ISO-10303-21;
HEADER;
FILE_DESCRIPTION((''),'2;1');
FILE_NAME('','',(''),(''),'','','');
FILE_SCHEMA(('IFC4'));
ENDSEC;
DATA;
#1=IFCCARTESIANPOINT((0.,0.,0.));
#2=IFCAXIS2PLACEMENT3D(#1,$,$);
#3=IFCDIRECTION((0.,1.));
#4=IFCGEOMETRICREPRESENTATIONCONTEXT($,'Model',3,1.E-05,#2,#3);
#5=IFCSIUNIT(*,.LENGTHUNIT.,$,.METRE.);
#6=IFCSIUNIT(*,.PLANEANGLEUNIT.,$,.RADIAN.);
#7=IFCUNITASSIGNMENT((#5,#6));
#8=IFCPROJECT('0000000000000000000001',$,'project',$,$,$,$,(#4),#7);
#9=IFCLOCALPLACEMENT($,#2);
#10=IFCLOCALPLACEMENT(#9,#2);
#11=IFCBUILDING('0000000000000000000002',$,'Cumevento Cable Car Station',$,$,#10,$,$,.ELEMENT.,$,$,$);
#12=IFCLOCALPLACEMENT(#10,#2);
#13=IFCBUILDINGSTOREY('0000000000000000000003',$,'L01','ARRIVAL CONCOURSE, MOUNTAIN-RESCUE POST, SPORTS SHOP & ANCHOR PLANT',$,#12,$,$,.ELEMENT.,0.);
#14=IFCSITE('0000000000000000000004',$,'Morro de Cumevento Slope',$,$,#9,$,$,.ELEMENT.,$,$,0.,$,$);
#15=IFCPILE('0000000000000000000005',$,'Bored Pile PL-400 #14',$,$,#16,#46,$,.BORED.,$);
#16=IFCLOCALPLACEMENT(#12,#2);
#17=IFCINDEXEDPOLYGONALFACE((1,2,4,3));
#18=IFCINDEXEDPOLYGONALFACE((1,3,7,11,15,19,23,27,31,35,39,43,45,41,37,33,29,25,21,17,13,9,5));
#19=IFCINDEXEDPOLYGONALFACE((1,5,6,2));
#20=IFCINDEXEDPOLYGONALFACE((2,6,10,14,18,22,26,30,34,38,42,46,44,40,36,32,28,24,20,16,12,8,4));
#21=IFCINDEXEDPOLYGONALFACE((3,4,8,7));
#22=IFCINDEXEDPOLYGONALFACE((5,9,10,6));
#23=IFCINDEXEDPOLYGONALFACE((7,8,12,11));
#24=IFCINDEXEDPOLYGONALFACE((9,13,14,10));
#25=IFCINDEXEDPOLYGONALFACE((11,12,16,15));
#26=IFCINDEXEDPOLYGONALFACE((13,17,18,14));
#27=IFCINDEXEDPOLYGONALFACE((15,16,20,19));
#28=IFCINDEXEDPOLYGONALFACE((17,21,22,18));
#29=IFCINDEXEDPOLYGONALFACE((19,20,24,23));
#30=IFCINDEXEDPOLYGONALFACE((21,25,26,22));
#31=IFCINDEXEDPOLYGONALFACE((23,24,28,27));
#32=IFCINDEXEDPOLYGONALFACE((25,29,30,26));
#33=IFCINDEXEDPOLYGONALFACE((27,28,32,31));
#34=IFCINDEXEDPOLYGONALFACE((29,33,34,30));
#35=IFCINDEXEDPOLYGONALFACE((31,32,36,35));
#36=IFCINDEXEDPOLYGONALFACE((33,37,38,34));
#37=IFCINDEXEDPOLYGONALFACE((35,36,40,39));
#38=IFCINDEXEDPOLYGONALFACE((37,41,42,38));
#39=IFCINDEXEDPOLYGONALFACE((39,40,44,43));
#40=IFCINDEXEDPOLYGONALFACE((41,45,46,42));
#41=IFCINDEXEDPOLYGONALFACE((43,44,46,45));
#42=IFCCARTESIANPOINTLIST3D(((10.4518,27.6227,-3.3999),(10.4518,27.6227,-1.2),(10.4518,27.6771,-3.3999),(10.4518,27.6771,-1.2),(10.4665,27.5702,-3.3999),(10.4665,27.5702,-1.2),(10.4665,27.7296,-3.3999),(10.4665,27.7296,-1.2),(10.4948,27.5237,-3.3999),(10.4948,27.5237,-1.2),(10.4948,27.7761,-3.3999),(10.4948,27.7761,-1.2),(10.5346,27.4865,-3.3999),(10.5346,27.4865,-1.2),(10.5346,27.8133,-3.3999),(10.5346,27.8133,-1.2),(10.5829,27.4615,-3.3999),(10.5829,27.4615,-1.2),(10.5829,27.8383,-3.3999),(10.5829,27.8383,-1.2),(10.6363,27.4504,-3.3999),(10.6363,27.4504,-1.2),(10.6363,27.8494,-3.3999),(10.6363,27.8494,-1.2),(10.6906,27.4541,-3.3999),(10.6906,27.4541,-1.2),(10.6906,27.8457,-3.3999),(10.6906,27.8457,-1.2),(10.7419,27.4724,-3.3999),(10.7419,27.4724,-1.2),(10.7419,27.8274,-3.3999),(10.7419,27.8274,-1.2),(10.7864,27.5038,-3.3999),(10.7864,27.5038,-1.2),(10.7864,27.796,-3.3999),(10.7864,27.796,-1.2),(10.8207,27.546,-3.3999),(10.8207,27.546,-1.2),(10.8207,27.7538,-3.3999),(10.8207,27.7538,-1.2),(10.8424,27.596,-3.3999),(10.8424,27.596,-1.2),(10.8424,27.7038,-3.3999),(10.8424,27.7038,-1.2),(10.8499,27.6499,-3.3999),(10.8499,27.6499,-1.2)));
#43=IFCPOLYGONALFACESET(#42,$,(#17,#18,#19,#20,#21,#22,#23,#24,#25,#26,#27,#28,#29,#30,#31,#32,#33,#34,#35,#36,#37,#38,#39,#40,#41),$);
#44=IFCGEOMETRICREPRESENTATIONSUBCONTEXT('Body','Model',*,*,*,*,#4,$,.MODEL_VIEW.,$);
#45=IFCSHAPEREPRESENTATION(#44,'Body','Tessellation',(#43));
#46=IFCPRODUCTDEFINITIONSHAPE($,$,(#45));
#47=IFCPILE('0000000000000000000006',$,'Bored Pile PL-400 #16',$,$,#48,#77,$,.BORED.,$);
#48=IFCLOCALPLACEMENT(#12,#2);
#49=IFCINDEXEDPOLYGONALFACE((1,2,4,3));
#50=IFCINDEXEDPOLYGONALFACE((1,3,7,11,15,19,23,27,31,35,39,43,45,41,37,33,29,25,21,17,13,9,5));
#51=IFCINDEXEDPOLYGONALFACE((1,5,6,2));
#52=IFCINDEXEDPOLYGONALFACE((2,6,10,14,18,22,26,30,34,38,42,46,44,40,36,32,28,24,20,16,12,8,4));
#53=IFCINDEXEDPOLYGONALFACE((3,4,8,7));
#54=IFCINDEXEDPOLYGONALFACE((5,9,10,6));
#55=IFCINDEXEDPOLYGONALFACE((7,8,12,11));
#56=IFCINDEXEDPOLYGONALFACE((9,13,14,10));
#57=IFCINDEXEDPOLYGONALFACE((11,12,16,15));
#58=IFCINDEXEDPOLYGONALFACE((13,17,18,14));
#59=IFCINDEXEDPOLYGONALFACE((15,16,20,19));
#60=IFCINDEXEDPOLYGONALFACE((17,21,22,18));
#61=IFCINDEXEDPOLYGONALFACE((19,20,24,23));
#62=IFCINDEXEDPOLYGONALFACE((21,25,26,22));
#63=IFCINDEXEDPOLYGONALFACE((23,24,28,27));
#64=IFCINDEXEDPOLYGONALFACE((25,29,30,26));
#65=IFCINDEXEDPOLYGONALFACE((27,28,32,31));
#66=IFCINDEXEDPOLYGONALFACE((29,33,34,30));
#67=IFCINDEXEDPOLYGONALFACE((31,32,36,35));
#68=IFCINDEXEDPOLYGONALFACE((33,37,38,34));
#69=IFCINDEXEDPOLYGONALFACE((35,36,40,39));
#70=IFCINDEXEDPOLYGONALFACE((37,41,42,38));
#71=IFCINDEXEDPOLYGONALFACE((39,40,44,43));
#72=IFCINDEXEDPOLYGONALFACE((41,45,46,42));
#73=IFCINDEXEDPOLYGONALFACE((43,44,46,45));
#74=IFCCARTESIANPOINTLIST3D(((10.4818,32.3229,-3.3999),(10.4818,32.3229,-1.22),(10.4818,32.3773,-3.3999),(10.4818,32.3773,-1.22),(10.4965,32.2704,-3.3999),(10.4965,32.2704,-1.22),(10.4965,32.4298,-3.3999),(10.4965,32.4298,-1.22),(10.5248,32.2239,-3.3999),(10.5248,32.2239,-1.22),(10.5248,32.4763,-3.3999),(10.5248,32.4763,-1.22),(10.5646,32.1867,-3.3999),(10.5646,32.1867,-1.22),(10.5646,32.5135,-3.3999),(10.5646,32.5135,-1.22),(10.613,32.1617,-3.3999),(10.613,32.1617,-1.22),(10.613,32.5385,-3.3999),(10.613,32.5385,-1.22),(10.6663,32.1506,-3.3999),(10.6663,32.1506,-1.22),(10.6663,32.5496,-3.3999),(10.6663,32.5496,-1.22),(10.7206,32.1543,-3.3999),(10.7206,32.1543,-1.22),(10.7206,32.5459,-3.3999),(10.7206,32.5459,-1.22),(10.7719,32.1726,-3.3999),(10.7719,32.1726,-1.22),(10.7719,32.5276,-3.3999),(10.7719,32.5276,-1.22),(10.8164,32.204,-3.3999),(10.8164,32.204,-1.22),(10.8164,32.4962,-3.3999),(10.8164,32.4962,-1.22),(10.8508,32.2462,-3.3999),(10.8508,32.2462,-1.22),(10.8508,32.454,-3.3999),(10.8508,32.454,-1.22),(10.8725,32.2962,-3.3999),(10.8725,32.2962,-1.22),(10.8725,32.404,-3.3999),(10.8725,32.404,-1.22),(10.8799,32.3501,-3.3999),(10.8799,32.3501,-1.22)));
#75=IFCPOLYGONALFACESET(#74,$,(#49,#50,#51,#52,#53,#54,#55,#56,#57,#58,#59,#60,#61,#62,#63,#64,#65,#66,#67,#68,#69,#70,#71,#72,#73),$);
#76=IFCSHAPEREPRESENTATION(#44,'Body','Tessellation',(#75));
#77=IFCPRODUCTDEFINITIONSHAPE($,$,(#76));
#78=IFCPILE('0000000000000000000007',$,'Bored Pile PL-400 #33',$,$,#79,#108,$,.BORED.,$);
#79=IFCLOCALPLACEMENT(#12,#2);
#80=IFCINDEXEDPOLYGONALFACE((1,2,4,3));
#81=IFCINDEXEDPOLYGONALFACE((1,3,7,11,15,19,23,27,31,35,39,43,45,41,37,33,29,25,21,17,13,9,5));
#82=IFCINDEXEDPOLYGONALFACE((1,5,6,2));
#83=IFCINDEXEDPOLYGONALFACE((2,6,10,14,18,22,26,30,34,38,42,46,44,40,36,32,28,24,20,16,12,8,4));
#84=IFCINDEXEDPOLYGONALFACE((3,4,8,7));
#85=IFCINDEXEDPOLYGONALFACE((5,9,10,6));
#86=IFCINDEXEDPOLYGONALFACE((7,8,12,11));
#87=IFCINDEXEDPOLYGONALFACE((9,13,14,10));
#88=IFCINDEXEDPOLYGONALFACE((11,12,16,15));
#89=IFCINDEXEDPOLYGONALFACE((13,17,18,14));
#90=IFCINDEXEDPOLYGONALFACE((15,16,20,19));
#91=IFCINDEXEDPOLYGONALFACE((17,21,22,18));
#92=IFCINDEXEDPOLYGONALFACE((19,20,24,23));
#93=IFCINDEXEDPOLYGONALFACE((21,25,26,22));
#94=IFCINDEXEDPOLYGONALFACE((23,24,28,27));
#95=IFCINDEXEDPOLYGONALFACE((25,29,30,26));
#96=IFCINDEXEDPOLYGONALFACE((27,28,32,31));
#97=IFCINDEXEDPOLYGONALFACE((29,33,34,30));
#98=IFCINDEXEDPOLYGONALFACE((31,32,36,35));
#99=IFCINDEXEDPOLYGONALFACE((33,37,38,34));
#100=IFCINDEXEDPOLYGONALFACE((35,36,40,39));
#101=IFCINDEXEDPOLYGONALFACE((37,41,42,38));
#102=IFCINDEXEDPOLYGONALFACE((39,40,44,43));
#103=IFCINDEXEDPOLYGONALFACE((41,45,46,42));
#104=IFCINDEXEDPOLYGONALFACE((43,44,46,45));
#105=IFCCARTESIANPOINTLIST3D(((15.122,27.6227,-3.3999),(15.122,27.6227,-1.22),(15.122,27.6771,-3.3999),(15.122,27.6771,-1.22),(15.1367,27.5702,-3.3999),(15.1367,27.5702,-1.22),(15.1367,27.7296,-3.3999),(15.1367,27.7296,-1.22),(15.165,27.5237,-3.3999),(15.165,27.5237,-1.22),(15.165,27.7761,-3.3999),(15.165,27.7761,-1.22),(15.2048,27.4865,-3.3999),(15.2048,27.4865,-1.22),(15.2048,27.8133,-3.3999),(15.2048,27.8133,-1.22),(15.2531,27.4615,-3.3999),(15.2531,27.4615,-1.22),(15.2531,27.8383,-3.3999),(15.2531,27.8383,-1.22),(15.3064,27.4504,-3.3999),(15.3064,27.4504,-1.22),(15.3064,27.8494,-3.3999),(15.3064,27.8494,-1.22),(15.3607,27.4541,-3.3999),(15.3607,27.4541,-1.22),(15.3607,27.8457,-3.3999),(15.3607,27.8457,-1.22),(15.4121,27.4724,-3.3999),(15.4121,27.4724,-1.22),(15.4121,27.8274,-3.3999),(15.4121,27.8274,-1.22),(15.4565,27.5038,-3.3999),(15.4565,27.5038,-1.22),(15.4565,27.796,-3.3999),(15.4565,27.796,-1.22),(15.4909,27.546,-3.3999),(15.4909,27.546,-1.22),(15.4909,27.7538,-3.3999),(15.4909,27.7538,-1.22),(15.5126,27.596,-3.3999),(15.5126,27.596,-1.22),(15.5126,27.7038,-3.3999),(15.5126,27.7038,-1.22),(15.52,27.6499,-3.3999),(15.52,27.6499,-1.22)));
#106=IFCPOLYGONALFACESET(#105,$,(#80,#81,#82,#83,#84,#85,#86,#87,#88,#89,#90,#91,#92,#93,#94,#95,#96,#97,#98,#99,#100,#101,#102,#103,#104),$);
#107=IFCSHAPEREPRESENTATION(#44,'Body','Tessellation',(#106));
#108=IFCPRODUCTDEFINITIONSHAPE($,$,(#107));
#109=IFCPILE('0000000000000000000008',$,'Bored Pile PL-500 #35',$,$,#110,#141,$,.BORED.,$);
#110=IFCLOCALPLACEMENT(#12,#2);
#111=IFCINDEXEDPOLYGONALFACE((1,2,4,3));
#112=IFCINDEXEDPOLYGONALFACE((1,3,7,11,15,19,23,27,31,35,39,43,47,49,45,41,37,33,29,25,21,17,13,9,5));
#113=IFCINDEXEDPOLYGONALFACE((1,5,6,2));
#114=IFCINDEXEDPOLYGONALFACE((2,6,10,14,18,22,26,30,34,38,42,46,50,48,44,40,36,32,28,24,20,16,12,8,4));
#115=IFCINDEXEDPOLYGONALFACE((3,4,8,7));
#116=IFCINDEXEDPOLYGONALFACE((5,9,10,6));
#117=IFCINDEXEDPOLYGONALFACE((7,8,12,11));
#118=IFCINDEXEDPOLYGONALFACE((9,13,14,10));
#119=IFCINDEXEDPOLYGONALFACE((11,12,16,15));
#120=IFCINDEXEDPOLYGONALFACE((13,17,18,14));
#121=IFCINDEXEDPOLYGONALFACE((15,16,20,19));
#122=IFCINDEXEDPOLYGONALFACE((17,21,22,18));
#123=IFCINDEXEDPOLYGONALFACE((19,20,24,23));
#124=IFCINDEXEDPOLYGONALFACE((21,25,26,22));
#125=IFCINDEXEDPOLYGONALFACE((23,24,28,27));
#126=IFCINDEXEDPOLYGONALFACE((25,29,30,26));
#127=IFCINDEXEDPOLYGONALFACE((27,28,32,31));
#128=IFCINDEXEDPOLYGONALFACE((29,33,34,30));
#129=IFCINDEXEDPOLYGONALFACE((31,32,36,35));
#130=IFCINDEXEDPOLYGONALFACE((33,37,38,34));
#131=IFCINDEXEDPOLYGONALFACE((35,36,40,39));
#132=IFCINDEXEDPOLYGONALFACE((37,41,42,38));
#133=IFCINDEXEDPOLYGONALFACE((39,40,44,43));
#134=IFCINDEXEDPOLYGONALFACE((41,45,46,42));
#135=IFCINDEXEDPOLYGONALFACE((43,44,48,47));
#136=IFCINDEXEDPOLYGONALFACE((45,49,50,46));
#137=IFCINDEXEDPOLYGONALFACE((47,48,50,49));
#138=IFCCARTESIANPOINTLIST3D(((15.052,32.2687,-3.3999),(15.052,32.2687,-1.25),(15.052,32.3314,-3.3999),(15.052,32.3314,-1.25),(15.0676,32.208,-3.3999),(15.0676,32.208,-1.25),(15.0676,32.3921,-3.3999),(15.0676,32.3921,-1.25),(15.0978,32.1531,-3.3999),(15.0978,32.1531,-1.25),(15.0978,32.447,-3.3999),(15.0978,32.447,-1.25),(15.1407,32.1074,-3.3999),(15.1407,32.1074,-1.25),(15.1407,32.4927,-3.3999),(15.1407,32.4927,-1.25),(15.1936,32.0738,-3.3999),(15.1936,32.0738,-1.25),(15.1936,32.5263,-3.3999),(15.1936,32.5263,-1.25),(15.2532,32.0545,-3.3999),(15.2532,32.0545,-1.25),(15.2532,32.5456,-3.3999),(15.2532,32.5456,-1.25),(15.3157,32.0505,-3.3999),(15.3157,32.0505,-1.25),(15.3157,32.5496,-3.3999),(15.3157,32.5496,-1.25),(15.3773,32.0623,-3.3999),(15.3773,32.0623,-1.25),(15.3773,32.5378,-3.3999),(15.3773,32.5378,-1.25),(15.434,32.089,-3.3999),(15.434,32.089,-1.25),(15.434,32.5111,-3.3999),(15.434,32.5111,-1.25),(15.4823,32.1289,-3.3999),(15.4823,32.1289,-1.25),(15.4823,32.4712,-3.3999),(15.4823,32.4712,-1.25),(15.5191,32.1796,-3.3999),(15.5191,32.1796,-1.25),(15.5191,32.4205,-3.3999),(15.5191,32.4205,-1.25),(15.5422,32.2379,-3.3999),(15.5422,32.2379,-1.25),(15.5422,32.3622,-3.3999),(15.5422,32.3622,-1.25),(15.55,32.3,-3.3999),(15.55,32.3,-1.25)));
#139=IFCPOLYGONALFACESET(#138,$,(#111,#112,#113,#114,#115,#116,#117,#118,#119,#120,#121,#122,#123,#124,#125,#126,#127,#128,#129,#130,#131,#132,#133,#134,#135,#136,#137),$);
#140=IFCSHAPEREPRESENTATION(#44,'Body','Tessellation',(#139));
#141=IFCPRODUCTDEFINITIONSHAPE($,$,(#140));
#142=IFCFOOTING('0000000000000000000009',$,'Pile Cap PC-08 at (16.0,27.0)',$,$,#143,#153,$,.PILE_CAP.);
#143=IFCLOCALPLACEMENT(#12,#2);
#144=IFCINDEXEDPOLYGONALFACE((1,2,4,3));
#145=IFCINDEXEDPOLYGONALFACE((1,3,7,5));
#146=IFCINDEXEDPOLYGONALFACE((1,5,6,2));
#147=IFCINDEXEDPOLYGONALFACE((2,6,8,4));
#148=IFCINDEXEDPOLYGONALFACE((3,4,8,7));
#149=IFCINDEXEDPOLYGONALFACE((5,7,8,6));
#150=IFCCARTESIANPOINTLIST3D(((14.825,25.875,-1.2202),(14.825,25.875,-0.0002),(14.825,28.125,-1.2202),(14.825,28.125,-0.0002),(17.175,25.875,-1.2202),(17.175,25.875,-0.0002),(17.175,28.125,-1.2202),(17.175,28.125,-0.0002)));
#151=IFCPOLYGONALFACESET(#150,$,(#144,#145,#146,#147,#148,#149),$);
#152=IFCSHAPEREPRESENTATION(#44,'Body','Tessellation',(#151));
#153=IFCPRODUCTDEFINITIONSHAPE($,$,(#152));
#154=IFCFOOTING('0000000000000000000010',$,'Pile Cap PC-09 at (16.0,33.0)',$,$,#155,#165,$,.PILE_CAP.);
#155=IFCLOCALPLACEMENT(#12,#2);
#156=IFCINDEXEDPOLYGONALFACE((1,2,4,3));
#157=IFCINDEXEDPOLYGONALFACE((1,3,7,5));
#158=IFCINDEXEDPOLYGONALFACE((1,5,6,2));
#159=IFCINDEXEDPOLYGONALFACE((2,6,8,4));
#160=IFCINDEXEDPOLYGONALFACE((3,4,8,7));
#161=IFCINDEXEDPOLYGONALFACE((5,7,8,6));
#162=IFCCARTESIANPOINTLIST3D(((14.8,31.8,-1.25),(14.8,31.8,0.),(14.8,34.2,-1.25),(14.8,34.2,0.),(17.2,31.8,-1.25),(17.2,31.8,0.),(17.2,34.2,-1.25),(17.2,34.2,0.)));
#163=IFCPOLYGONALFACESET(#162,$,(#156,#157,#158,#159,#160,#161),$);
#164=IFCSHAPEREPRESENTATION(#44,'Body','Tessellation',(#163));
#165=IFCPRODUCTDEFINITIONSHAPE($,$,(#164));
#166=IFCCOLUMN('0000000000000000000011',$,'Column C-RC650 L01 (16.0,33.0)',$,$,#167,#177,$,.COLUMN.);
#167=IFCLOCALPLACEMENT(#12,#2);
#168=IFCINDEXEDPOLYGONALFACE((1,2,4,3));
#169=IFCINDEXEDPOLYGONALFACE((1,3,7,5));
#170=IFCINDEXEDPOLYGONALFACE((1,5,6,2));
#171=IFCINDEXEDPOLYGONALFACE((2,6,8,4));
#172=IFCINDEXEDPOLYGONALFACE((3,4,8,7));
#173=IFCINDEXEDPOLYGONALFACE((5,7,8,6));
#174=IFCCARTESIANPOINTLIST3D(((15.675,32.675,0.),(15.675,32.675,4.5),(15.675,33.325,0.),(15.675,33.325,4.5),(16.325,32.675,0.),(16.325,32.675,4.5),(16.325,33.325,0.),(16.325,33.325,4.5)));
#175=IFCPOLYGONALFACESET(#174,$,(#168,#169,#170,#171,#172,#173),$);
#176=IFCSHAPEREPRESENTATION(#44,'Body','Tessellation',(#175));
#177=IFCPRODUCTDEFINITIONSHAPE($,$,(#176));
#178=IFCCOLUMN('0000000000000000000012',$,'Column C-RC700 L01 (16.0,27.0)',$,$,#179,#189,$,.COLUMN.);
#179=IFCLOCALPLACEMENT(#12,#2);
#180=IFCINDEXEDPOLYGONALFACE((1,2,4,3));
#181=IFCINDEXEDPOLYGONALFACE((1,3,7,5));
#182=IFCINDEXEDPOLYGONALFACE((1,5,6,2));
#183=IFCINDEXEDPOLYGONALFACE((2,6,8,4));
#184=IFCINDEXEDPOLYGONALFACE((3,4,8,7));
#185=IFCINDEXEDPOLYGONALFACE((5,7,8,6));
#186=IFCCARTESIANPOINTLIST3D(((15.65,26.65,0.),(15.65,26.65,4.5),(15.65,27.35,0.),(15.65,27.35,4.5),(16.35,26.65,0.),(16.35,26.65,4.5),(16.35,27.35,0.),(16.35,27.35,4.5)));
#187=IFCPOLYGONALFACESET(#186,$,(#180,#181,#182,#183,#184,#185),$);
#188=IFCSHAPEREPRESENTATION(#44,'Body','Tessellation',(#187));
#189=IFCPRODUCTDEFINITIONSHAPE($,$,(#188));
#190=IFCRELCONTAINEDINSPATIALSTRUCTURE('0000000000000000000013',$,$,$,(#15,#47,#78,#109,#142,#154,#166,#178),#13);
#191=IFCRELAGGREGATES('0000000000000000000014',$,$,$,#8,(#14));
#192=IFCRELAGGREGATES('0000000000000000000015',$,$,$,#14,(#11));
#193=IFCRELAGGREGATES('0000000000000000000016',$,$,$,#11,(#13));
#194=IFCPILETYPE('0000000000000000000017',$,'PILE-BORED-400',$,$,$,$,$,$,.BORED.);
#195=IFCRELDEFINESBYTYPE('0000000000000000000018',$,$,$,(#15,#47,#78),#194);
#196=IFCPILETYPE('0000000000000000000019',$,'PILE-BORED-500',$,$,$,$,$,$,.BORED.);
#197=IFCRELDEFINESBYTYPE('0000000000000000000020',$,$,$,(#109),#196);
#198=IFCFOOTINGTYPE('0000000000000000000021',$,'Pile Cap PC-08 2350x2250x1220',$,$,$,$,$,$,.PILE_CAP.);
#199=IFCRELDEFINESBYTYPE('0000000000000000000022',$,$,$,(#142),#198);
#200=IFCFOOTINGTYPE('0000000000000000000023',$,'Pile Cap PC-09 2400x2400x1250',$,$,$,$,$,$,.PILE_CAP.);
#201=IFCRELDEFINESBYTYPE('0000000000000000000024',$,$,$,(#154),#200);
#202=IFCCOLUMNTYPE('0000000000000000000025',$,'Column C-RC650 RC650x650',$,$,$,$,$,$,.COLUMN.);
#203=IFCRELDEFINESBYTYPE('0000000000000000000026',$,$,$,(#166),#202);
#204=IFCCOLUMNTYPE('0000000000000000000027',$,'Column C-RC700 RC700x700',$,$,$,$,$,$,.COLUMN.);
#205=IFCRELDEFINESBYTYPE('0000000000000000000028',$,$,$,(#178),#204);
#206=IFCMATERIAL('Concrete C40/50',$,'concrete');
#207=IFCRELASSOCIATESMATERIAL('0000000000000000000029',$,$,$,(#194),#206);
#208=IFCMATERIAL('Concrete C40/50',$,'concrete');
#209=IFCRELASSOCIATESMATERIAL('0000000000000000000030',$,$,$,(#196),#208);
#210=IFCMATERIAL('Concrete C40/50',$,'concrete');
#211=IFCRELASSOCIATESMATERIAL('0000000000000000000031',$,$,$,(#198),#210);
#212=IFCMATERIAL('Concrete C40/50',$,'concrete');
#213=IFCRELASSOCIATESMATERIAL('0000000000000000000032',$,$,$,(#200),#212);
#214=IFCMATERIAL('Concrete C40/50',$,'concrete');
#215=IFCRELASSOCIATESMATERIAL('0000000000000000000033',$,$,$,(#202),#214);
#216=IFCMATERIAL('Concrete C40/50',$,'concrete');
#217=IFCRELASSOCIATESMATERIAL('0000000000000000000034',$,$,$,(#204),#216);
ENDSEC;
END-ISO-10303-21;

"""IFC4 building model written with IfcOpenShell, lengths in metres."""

from ifc_helpers import new_model, si_unit, direction, frame, origin, origin_2d, place, context, subcontext, project, spatial, rectangle, circle, extrude, material, material_profile, profile_set, type_object, element, save


model = new_model("IFC4")

# Units and contexts
model_context = context("Model", 3, precision=1e-05, world=origin(), true_north=direction((0.0, 1.0)))
body_context = subcontext(model_context, "Body", "Model", "MODEL_VIEW")
ifc_project = project(units=[si_unit("LENGTHUNIT", "METRE"), si_unit("PLANEANGLEUNIT", "RADIAN")], contexts=[model_context])

# Site, building, storey
site_placement = place(None, origin())
site = spatial("IfcSite", under=ifc_project, at=site_placement, Name="Morro de Cumevento Slope", CompositionType="ELEMENT", RefElevation=0.0)
building_placement = place(site_placement, origin())
building = spatial("IfcBuilding", under=site, at=building_placement, Name="Cumevento Cable Car Station", CompositionType="ELEMENT")
storey_placement = place(building_placement, origin())
storey = spatial("IfcBuildingStorey", under=building, at=storey_placement, Name="L01", Description="ARRIVAL CONCOURSE, MOUNTAIN-RESCUE POST, SPORTS SHOP & ANCHOR PLANT", CompositionType="ELEMENT", Elevation=0.0)

# Piles
ifc_material_1 = material(Name="Concrete C40/50", Category="concrete")
ifc_material_profile_1 = material_profile(ifc_material_1, circle(Radius=0.2, at=origin_2d()), Name="PILE-D400")
ifc_profile_set_1 = profile_set([ifc_material_profile_1], Name="Concrete C40/50")
pile_type_1 = type_object("IfcPileType", Name="PILE-BORED-400", PredefinedType="BORED", material=ifc_profile_set_1)
pile_1_placement = place(storey_placement, frame((10.6499, 27.6499, -1.2), z_axis=(0.0, 0.0, -1.0), x_axis=(1.0, 0.0, 0.0)))
element("IfcPile", 1, at=pile_1_placement, inside=storey, type_object=pile_type_1, Name="Bored Pile PL-400 #14", PredefinedType="BORED", context=body_context, shape_type="SweptSolid", body=[
    extrude(circle(Radius=0.2, at=origin_2d()), origin(), (0.0, 0.0, 1.0), 2.2),
])
for number, where, z_axis, x_axis, name in (
    (2, (10.6799, 32.3501, -1.22), (0.0, 0.0, -1.0), (1.0, 0.0, 0.0), "Bored Pile PL-400 #16"),
    (3, (15.3201, 27.6499, -1.22), (0.0, 0.0, -1.0), (1.0, 0.0, 0.0), "Bored Pile PL-400 #33"),
):
    element("IfcPile", number, at=place(storey_placement, frame(where, z_axis=z_axis, x_axis=x_axis)), inside=storey, type_object=pile_type_1, Name=name, PredefinedType="BORED", context=body_context, shape_type="SweptSolid", body=[
        extrude(circle(Radius=0.2, at=origin_2d()), origin(), (0.0, 0.0, 1.0), 2.1799),
    ])
ifc_material_2 = material(Name="Concrete C40/50", Category="concrete")
ifc_material_profile_2 = material_profile(ifc_material_2, circle(Radius=0.25, at=origin_2d()), Name="PILE-D500")
ifc_profile_set_2 = profile_set([ifc_material_profile_2], Name="Concrete C40/50")
pile_type_2 = type_object("IfcPileType", Name="PILE-BORED-500", PredefinedType="BORED", material=ifc_profile_set_2)
pile_2_placement = place(storey_placement, frame((15.3, 32.3, -1.25), z_axis=(0.0, 0.0, -1.0), x_axis=(1.0, 0.0, 0.0)))
element("IfcPile", 4, at=pile_2_placement, inside=storey, type_object=pile_type_2, Name="Bored Pile PL-500 #35", PredefinedType="BORED", context=body_context, shape_type="SweptSolid", body=[
    extrude(circle(Radius=0.25, at=origin_2d()), origin(), (0.0, 0.0, 1.0), 2.1499),
])

# Footings
ifc_material_3 = material(Name="Concrete C40/50", Category="concrete")
footing_type_1 = type_object("IfcFootingType", Name="Pile Cap PC-08 2350x2250x1220", PredefinedType="PILE_CAP", material=ifc_material_3)
footing_1_placement = place(storey_placement, frame((16.0, 27.0, -1.2202), z_axis=(0.0, 0.0, 1.0), x_axis=(1.0, 0.0, 0.0)))
element("IfcFooting", 5, at=footing_1_placement, inside=storey, type_object=footing_type_1, Name="Pile Cap PC-08 at (16.0,27.0)", PredefinedType="PILE_CAP", context=body_context, shape_type="SweptSolid", body=[
    extrude(rectangle(XDim=2.3501, YDim=2.25, at=origin_2d()), origin(), (0.0, 0.0, 1.0), 1.22),
])
ifc_material_4 = material(Name="Concrete C40/50", Category="concrete")
footing_type_2 = type_object("IfcFootingType", Name="Pile Cap PC-09 2400x2400x1250", PredefinedType="PILE_CAP", material=ifc_material_4)
footing_2_placement = place(storey_placement, frame((16.0, 33.0, -1.25), z_axis=(0.0, 0.0, 1.0), x_axis=(1.0, 0.0, 0.0)))
element("IfcFooting", 6, at=footing_2_placement, inside=storey, type_object=footing_type_2, Name="Pile Cap PC-09 at (16.0,33.0)", PredefinedType="PILE_CAP", context=body_context, shape_type="SweptSolid", body=[
    extrude(rectangle(XDim=2.3999, YDim=2.3999, at=origin_2d()), origin(), (0.0, 0.0, 1.0), 1.25),
])

# Columns
ifc_material_5 = material(Name="Concrete C40/50", Category="concrete")
ifc_material_profile_3 = material_profile(ifc_material_5, rectangle(XDim=0.6499, YDim=0.6499, at=origin_2d()), Name="RC650x650")
ifc_profile_set_3 = profile_set([ifc_material_profile_3], Name="Concrete C40/50")
column_type_1 = type_object("IfcColumnType", Name="Column C-RC650 RC650x650", PredefinedType="COLUMN", material=ifc_profile_set_3)
column_1_placement = place(storey_placement, frame((16.0, 33.0, 0.0), z_axis=(0.0, 0.0, 1.0), x_axis=(1.0, 0.0, 0.0)))
element("IfcColumn", 7, at=column_1_placement, inside=storey, type_object=column_type_1, Name="Column C-RC650 L01 (16.0,33.0)", PredefinedType="COLUMN", context=body_context, shape_type="SweptSolid", body=[
    extrude(rectangle(XDim=0.6499, YDim=0.6499, at=origin_2d()), origin(), (0.0, 0.0, 1.0), 4.5),
])
ifc_material_6 = material(Name="Concrete C40/50", Category="concrete")
ifc_material_profile_4 = material_profile(ifc_material_6, rectangle(XDim=0.7, YDim=0.7, at=origin_2d()), Name="RC700x700")
ifc_profile_set_4 = profile_set([ifc_material_profile_4], Name="Concrete C40/50")
column_type_2 = type_object("IfcColumnType", Name="Column C-RC700 RC700x700", PredefinedType="COLUMN", material=ifc_profile_set_4)
column_2_placement = place(storey_placement, frame((16.0, 27.0, 0.0), z_axis=(0.0, 0.0, 1.0), x_axis=(1.0, 0.0, 0.0)))
element("IfcColumn", 8, at=column_2_placement, inside=storey, type_object=column_type_2, Name="Column C-RC700 L01 (16.0,27.0)", PredefinedType="COLUMN", context=body_context, shape_type="SweptSolid", body=[
    extrude(rectangle(XDim=0.7, YDim=0.7, at=origin_2d()), origin(), (0.0, 0.0, 1.0), 4.5),
])

save(model, "model.ifc")
